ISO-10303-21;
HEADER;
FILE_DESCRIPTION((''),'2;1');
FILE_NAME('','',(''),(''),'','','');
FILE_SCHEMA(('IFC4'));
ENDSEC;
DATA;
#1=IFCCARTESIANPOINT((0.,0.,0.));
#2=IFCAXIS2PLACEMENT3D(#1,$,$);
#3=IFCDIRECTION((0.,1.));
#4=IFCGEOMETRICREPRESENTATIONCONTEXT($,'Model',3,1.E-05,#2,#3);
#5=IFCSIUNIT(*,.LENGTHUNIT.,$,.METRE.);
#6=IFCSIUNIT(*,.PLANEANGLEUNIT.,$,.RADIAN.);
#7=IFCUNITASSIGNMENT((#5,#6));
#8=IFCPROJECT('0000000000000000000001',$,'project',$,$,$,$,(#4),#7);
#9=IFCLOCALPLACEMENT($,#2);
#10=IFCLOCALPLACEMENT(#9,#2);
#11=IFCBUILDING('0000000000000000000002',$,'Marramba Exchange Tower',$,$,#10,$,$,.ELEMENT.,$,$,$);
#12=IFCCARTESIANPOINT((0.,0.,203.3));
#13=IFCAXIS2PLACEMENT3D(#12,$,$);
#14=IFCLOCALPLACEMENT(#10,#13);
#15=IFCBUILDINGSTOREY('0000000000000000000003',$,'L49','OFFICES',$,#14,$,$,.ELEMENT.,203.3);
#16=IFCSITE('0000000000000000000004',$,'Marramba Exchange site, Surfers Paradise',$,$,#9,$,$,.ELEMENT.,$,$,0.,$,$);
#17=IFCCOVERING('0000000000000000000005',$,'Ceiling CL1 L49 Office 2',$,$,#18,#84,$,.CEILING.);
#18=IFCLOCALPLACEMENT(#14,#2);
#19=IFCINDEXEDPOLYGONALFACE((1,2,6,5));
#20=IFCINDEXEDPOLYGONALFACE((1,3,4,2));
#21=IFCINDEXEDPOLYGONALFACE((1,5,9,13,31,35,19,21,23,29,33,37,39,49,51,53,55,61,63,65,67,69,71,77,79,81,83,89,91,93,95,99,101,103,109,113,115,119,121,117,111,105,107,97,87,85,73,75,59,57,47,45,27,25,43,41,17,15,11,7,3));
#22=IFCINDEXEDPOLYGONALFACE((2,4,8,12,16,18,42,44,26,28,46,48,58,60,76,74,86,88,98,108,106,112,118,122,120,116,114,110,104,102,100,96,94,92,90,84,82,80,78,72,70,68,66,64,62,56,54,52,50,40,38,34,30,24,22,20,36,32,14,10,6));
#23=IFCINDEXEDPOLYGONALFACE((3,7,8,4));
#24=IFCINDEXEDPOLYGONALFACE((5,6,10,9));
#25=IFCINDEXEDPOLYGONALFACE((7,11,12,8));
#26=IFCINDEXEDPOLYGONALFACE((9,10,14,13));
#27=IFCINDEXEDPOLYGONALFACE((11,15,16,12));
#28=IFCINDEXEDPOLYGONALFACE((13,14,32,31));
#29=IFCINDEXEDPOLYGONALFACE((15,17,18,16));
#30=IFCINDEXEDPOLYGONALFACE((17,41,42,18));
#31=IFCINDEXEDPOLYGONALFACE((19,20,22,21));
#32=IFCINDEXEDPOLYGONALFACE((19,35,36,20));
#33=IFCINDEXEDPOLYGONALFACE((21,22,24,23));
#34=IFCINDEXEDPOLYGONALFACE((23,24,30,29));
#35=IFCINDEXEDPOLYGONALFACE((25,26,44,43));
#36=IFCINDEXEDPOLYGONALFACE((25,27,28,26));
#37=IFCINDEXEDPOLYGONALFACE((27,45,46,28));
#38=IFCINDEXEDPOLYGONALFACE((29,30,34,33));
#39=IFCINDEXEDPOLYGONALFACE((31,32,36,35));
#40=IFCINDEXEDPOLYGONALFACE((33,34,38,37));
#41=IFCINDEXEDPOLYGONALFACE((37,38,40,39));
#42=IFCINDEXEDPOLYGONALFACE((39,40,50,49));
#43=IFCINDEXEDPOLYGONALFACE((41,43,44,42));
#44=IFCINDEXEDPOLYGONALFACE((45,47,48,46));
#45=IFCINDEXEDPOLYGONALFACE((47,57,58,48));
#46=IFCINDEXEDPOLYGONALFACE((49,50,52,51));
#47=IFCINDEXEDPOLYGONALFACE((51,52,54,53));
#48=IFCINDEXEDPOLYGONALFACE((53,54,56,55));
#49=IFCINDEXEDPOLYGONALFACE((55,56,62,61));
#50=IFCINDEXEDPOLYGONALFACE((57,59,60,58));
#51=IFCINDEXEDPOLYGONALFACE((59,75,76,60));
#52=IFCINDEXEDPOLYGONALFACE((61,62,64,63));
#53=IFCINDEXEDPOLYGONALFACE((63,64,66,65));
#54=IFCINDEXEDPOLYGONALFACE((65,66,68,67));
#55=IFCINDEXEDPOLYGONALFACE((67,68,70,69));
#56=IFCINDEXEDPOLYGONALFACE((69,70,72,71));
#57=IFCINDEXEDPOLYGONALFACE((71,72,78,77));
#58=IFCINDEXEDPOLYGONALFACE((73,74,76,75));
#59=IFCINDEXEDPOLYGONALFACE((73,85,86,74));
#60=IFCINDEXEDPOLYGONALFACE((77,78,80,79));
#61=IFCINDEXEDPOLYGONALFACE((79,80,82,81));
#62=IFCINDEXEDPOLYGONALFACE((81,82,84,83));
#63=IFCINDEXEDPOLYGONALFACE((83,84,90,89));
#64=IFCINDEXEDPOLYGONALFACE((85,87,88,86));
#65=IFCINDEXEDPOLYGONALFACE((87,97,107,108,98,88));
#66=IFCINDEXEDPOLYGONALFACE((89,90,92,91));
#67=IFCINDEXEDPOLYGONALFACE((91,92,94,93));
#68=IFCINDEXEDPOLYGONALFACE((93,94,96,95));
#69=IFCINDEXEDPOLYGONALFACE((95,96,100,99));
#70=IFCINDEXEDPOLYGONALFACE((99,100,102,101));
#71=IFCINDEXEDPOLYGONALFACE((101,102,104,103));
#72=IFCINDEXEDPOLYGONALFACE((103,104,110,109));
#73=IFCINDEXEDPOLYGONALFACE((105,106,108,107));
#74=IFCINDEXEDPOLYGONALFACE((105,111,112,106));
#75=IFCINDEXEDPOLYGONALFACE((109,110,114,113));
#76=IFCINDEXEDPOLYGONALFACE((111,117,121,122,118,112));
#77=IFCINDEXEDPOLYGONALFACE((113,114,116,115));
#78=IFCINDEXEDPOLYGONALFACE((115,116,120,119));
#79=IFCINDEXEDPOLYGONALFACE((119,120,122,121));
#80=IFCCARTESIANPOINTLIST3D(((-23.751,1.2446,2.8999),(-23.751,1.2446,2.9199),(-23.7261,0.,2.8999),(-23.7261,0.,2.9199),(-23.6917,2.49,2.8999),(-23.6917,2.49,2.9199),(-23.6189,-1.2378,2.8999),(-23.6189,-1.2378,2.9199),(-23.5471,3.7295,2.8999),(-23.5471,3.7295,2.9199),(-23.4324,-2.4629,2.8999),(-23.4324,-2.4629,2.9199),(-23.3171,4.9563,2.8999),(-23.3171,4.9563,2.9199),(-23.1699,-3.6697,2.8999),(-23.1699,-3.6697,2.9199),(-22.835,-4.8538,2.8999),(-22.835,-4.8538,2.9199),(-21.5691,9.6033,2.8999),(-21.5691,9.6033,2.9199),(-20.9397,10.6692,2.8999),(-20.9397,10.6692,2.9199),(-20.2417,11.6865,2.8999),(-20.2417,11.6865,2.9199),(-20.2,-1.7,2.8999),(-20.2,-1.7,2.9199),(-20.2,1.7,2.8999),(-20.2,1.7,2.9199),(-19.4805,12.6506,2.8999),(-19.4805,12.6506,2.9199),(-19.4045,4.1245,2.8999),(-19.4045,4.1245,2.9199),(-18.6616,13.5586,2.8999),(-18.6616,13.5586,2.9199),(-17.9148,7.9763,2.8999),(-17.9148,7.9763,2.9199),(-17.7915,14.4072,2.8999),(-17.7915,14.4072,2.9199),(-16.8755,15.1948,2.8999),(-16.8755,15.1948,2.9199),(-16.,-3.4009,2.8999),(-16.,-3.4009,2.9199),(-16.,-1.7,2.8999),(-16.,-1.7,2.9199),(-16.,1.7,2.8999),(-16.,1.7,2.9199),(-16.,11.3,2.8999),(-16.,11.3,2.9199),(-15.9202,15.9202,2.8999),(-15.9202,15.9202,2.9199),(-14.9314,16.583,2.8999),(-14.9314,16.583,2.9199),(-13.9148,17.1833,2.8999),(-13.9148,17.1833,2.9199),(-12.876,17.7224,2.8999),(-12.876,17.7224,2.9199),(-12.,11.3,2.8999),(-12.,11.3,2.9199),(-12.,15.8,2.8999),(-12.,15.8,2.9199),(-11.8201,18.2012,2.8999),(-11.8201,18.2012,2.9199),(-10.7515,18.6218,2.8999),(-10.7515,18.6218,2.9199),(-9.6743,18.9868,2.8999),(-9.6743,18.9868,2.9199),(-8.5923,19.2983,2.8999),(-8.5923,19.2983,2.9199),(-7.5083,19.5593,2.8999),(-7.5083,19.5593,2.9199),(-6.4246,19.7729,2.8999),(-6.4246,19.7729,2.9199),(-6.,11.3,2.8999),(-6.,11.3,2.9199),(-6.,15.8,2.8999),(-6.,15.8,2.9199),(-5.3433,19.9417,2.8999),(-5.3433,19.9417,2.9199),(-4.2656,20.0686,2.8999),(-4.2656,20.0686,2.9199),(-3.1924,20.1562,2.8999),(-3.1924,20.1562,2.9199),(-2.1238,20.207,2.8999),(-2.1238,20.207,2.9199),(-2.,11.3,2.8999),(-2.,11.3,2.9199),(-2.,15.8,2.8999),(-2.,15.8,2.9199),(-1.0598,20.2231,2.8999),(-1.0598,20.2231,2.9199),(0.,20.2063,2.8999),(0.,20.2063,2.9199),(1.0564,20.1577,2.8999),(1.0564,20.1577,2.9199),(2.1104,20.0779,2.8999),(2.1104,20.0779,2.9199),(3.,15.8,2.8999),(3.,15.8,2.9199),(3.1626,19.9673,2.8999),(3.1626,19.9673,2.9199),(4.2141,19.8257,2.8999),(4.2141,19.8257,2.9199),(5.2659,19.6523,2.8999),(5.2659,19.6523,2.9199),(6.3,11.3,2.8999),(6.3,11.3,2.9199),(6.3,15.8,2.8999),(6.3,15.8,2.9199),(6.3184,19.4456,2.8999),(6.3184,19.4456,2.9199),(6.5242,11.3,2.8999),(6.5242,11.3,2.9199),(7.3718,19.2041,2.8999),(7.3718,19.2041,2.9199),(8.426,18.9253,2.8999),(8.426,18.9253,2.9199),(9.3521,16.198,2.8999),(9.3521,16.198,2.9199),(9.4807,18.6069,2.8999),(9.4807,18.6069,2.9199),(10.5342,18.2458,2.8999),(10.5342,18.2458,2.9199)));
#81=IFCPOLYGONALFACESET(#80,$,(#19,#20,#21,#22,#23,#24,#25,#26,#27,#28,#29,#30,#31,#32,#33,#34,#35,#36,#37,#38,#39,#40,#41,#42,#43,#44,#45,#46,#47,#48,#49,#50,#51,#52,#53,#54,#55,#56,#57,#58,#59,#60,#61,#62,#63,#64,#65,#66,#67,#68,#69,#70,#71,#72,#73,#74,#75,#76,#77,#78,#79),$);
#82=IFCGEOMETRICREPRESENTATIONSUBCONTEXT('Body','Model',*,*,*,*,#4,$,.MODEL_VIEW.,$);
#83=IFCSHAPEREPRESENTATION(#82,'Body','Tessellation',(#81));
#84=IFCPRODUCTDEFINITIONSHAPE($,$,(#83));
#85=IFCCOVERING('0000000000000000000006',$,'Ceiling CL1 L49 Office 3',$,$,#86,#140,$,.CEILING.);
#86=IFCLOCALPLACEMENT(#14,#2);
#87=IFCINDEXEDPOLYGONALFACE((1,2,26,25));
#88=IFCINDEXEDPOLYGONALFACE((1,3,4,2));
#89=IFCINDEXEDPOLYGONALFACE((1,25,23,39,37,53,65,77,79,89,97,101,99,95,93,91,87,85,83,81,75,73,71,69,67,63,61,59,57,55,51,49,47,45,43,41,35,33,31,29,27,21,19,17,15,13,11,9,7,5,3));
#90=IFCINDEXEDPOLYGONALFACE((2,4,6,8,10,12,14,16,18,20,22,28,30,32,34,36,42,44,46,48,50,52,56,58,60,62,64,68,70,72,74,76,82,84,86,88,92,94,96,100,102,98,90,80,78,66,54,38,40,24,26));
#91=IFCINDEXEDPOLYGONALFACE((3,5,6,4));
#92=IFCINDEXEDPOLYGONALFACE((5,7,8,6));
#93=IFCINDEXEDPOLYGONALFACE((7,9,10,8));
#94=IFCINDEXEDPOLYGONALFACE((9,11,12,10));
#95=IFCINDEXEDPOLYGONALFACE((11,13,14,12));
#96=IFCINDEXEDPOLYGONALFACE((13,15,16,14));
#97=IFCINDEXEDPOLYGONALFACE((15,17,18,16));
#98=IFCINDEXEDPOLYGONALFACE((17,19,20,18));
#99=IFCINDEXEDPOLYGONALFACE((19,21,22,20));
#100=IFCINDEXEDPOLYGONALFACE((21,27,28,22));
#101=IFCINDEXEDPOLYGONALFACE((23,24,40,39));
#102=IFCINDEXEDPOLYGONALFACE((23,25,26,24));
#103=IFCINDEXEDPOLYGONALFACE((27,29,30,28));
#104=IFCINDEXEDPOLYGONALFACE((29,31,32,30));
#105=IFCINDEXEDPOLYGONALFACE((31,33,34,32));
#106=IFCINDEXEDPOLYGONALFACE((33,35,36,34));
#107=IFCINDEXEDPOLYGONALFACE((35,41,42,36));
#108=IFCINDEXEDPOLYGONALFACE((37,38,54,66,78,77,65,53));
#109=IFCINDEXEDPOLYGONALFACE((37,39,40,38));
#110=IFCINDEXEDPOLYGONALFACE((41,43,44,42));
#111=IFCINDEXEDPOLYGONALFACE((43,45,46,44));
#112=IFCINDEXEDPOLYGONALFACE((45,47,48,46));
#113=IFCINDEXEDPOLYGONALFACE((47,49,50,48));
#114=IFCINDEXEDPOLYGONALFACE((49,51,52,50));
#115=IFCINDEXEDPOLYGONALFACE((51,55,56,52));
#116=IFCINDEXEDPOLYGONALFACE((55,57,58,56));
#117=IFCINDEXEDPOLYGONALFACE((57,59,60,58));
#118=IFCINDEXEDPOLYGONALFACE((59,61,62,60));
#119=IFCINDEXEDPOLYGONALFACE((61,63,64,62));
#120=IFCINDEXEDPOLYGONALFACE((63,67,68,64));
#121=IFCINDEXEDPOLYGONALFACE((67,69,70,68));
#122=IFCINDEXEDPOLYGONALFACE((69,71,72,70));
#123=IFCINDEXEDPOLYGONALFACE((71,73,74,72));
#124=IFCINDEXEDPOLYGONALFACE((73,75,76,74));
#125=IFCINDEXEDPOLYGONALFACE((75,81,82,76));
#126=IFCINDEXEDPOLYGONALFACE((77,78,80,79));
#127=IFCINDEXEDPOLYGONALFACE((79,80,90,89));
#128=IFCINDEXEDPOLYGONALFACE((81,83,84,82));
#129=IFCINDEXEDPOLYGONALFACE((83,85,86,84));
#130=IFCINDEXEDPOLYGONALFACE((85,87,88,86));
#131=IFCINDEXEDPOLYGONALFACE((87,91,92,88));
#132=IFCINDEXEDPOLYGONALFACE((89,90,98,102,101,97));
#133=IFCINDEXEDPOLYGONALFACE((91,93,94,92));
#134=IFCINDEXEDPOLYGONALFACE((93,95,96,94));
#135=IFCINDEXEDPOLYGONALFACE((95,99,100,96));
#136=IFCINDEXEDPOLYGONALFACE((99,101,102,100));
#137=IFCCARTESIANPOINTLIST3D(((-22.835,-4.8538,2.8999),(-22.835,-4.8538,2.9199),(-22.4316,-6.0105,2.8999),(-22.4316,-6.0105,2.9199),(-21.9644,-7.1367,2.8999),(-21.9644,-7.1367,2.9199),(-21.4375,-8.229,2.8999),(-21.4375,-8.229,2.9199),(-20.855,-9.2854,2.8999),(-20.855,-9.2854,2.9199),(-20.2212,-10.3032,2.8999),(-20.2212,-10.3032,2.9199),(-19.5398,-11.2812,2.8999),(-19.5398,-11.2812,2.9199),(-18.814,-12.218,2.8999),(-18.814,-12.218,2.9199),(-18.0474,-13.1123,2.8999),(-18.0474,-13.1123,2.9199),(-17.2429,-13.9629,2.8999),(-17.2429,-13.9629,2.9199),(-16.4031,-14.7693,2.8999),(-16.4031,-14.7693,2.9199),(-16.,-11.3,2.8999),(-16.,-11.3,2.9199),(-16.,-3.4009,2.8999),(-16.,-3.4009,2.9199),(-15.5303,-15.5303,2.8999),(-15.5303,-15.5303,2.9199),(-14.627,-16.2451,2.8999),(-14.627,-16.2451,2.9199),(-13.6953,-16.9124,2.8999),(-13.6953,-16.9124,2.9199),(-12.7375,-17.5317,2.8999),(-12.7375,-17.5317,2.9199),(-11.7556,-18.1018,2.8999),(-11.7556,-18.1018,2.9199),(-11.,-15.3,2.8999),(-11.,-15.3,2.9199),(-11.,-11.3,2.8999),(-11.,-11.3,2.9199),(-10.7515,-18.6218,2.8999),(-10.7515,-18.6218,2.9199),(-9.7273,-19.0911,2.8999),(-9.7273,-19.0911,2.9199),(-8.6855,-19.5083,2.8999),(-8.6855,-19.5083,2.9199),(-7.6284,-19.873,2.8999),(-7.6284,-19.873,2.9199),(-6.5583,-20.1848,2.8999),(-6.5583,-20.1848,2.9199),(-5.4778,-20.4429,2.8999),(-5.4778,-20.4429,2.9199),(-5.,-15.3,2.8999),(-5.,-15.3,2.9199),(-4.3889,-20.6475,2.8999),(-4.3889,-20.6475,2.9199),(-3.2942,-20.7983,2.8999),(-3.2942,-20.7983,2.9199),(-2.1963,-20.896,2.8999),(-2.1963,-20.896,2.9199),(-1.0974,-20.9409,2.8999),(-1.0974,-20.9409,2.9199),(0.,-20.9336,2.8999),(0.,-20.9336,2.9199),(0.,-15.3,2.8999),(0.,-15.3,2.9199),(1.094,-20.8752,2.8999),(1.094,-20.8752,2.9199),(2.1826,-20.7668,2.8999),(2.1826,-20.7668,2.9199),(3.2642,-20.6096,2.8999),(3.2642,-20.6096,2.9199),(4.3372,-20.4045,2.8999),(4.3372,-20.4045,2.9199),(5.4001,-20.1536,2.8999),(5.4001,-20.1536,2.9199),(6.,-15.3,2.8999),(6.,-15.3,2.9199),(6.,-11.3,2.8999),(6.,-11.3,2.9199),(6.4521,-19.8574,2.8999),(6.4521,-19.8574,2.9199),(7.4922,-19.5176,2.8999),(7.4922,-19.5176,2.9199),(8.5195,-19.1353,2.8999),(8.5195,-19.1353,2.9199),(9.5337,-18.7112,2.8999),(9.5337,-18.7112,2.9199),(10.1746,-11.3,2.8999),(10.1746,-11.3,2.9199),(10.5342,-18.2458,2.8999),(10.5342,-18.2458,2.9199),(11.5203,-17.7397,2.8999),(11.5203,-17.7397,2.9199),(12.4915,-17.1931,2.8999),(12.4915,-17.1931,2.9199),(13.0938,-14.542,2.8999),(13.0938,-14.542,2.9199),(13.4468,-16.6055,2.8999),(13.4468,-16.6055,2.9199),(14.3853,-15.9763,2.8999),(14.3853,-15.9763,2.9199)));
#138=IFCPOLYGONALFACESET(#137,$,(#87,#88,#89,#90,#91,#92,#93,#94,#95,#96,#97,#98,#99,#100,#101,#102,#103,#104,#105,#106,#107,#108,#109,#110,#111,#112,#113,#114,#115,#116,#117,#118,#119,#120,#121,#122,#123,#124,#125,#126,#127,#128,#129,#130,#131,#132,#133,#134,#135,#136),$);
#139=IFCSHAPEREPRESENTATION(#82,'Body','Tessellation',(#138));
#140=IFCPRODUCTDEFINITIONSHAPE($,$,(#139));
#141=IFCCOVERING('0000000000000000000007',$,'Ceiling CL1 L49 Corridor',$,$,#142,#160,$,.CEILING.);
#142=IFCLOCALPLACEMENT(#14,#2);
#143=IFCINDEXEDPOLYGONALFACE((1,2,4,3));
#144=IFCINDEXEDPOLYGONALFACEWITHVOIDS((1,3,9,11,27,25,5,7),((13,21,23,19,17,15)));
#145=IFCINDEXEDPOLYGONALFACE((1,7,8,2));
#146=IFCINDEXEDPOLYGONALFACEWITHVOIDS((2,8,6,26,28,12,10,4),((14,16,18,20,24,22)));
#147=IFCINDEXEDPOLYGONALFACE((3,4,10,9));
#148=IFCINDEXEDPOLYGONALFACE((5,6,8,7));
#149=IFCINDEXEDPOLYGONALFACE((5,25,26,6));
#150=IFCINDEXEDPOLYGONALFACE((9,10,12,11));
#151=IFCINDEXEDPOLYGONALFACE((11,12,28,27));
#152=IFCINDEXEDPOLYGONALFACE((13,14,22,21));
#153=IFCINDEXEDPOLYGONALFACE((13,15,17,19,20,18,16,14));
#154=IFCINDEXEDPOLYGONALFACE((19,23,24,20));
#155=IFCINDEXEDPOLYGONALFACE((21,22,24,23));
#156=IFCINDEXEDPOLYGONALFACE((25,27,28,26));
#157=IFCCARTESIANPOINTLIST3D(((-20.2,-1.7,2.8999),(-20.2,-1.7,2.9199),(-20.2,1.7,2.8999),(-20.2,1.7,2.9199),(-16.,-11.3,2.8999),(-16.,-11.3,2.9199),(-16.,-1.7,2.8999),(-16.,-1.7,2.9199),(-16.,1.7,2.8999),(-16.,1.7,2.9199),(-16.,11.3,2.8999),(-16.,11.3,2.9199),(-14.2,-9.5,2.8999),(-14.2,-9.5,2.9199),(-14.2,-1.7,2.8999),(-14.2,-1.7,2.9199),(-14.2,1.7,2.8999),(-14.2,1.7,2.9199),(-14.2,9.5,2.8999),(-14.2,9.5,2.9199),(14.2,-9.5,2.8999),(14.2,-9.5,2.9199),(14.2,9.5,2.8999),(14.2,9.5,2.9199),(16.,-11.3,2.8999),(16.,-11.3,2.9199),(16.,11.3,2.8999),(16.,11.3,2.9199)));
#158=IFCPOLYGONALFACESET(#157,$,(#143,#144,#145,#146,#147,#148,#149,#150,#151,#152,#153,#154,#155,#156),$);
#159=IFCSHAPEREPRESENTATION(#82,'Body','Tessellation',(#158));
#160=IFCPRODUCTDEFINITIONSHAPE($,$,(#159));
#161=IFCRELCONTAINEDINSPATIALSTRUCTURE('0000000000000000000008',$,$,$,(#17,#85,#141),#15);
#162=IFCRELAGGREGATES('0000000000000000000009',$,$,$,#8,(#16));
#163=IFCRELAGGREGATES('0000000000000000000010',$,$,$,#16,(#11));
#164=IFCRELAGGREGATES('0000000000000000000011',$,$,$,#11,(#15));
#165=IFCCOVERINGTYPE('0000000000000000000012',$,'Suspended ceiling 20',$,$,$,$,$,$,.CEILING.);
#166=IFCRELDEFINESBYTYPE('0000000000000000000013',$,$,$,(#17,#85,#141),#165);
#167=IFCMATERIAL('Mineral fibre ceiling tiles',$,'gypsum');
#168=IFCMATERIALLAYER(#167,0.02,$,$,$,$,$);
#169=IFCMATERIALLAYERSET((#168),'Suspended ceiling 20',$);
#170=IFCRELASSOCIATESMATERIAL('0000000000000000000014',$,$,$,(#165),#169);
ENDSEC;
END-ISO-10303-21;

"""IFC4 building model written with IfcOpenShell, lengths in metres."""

from ifc_helpers import new_model, si_unit, direction, frame, origin, place, context, subcontext, project, spatial, polyline, outline, extrude, material, layer, layer_set, type_object, element, save


model = new_model("IFC4")

# Units and contexts
model_context = context("Model", 3, precision=1e-05, world=origin(), true_north=direction((0.0, 1.0)))
body_context = subcontext(model_context, "Body", "Model", "MODEL_VIEW")
ifc_project = project(units=[si_unit("LENGTHUNIT", "METRE"), si_unit("PLANEANGLEUNIT", "RADIAN")], contexts=[model_context])

# Site, building, storey
site_placement = place(None, origin())
site = spatial("IfcSite", under=ifc_project, at=site_placement, Name="Marramba Exchange site, Surfers Paradise", CompositionType="ELEMENT", RefElevation=0.0)
building_placement = place(site_placement, origin())
building = spatial("IfcBuilding", under=site, at=building_placement, Name="Marramba Exchange Tower", CompositionType="ELEMENT")
storey_placement = place(building_placement, frame((0.0, 0.0, 203.3)))
storey = spatial("IfcBuildingStorey", under=building, at=storey_placement, Name="L49", Description="OFFICES", CompositionType="ELEMENT", Elevation=203.3)

# Coverings
ifc_material_1 = material(Name="Mineral fibre ceiling tiles", Category="gypsum")
ifc_layer_1 = layer(ifc_material_1, 0.02)
ifc_layer_set_1 = layer_set([ifc_layer_1], Name="Suspended ceiling 20")
covering_type = type_object("IfcCoveringType", Name="Suspended ceiling 20", PredefinedType="CEILING", material=ifc_layer_set_1)
covering_1_placement = place(storey_placement, frame((0.0, 0.0, 2.8999)))
element("IfcCovering", 1, at=covering_1_placement, inside=storey, type_object=covering_type, Name="Ceiling CL1 L49 Office 2", PredefinedType="CEILING", context=body_context, shape_type="SweptSolid", body=[
    extrude(outline(polyline([(-16.0, 1.7), (-20.2, 1.7), (-20.2, -1.7), (-16.0, -1.7), (-16.0, -3.4009), (-22.835, -4.8538), (-23.1699, -3.6697), (-23.4324, -2.4629), (-23.6189, -1.2378), (-23.7261, 0.0), (-23.751, 1.2446), (-23.6917, 2.49), (-23.5471, 3.7295), (-23.3171, 4.9563), (-19.4045, 4.1245), (-17.9148, 7.9763), (-21.5691, 9.6033), (-20.9397, 10.6692), (-20.2417, 11.6865), (-19.4805, 12.6506), (-18.6616, 13.5586), (-17.7915, 14.4072), (-16.8755, 15.1948), (-15.9202, 15.9202), (-14.9314, 16.583), (-13.9148, 17.1833), (-12.876, 17.7224), (-11.8201, 18.2012), (-10.7515, 18.6218), (-9.6743, 18.9868), (-8.5923, 19.2983), (-7.5083, 19.5593), (-6.4246, 19.7729), (-5.3433, 19.9417), (-4.2656, 20.0686), (-3.1924, 20.1562), (-2.1238, 20.207), (-1.0598, 20.2231), (0.0, 20.2063), (1.0564, 20.1577), (2.1104, 20.0779), (3.1626, 19.9673), (4.2141, 19.8257), (5.2659, 19.6523), (6.3184, 19.4456), (7.3718, 19.2041), (8.426, 18.9253), (9.4807, 18.6069), (10.5342, 18.2458), (9.3521, 16.198), (6.5242, 11.3), (6.3, 11.3), (6.3, 15.8), (3.0, 15.8), (-2.0, 15.8), (-2.0, 11.3), (-6.0, 11.3), (-6.0, 15.8), (-12.0, 15.8), (-12.0, 11.3), (-16.0, 11.3), (-16.0, 1.7)])), origin(), (0.0, 0.0, 1.0), 0.02),
])
covering_2_placement = place(storey_placement, frame((0.0, 0.0, 2.8999)))
element("IfcCovering", 2, at=covering_2_placement, inside=storey, type_object=covering_type, Name="Ceiling CL1 L49 Office 3", PredefinedType="CEILING", context=body_context, shape_type="SweptSolid", body=[
    extrude(outline(polyline([(-11.0, -11.3), (-11.0, -15.3), (-5.0, -15.3), (0.0, -15.3), (6.0, -15.3), (6.0, -11.3), (10.1746, -11.3), (13.0938, -14.542), (14.3853, -15.9763), (13.4468, -16.6055), (12.4915, -17.1931), (11.5203, -17.7397), (10.5342, -18.2458), (9.5337, -18.7112), (8.5195, -19.1353), (7.4922, -19.5176), (6.4521, -19.8574), (5.4001, -20.1536), (4.3372, -20.4045), (3.2642, -20.6096), (2.1826, -20.7668), (1.094, -20.8752), (0.0, -20.9336), (-1.0974, -20.9409), (-2.1963, -20.896), (-3.2942, -20.7983), (-4.3889, -20.6475), (-5.4778, -20.4429), (-6.5583, -20.1848), (-7.6284, -19.873), (-8.6855, -19.5083), (-9.7273, -19.0911), (-10.7515, -18.6218), (-11.7556, -18.1018), (-12.7375, -17.5317), (-13.6953, -16.9124), (-14.627, -16.2451), (-15.5303, -15.5303), (-16.4031, -14.7693), (-17.2429, -13.9629), (-18.0474, -13.1123), (-18.814, -12.218), (-19.5398, -11.2812), (-20.2212, -10.3032), (-20.855, -9.2854), (-21.4375, -8.229), (-21.9644, -7.1367), (-22.4316, -6.0105), (-22.835, -4.8538), (-16.0, -3.4009), (-16.0, -11.3), (-11.0, -11.3)])), origin(), (0.0, 0.0, 1.0), 0.02),
])
covering_3_placement = place(storey_placement, frame((0.0, 0.0, 2.8999)))
element("IfcCovering", 3, at=covering_3_placement, inside=storey, type_object=covering_type, Name="Ceiling CL1 L49 Corridor", PredefinedType="CEILING", context=body_context, shape_type="SweptSolid", body=[
    extrude(outline(polyline([(-16.0, 11.3), (16.0, 11.3), (16.0, -11.3), (-16.0, -11.3), (-16.0, -1.7), (-20.2, -1.7), (-20.2, 1.7), (-16.0, 1.7), (-16.0, 11.3)]), holes=[polyline([(14.2, 9.5), (-14.2, 9.5), (-14.2, 1.7), (-14.2, -1.7), (-14.2, -9.5), (14.2, -9.5), (14.2, 9.5)])]), origin(), (0.0, 0.0, 1.0), 0.02),
])

save(model, "model.ifc")
